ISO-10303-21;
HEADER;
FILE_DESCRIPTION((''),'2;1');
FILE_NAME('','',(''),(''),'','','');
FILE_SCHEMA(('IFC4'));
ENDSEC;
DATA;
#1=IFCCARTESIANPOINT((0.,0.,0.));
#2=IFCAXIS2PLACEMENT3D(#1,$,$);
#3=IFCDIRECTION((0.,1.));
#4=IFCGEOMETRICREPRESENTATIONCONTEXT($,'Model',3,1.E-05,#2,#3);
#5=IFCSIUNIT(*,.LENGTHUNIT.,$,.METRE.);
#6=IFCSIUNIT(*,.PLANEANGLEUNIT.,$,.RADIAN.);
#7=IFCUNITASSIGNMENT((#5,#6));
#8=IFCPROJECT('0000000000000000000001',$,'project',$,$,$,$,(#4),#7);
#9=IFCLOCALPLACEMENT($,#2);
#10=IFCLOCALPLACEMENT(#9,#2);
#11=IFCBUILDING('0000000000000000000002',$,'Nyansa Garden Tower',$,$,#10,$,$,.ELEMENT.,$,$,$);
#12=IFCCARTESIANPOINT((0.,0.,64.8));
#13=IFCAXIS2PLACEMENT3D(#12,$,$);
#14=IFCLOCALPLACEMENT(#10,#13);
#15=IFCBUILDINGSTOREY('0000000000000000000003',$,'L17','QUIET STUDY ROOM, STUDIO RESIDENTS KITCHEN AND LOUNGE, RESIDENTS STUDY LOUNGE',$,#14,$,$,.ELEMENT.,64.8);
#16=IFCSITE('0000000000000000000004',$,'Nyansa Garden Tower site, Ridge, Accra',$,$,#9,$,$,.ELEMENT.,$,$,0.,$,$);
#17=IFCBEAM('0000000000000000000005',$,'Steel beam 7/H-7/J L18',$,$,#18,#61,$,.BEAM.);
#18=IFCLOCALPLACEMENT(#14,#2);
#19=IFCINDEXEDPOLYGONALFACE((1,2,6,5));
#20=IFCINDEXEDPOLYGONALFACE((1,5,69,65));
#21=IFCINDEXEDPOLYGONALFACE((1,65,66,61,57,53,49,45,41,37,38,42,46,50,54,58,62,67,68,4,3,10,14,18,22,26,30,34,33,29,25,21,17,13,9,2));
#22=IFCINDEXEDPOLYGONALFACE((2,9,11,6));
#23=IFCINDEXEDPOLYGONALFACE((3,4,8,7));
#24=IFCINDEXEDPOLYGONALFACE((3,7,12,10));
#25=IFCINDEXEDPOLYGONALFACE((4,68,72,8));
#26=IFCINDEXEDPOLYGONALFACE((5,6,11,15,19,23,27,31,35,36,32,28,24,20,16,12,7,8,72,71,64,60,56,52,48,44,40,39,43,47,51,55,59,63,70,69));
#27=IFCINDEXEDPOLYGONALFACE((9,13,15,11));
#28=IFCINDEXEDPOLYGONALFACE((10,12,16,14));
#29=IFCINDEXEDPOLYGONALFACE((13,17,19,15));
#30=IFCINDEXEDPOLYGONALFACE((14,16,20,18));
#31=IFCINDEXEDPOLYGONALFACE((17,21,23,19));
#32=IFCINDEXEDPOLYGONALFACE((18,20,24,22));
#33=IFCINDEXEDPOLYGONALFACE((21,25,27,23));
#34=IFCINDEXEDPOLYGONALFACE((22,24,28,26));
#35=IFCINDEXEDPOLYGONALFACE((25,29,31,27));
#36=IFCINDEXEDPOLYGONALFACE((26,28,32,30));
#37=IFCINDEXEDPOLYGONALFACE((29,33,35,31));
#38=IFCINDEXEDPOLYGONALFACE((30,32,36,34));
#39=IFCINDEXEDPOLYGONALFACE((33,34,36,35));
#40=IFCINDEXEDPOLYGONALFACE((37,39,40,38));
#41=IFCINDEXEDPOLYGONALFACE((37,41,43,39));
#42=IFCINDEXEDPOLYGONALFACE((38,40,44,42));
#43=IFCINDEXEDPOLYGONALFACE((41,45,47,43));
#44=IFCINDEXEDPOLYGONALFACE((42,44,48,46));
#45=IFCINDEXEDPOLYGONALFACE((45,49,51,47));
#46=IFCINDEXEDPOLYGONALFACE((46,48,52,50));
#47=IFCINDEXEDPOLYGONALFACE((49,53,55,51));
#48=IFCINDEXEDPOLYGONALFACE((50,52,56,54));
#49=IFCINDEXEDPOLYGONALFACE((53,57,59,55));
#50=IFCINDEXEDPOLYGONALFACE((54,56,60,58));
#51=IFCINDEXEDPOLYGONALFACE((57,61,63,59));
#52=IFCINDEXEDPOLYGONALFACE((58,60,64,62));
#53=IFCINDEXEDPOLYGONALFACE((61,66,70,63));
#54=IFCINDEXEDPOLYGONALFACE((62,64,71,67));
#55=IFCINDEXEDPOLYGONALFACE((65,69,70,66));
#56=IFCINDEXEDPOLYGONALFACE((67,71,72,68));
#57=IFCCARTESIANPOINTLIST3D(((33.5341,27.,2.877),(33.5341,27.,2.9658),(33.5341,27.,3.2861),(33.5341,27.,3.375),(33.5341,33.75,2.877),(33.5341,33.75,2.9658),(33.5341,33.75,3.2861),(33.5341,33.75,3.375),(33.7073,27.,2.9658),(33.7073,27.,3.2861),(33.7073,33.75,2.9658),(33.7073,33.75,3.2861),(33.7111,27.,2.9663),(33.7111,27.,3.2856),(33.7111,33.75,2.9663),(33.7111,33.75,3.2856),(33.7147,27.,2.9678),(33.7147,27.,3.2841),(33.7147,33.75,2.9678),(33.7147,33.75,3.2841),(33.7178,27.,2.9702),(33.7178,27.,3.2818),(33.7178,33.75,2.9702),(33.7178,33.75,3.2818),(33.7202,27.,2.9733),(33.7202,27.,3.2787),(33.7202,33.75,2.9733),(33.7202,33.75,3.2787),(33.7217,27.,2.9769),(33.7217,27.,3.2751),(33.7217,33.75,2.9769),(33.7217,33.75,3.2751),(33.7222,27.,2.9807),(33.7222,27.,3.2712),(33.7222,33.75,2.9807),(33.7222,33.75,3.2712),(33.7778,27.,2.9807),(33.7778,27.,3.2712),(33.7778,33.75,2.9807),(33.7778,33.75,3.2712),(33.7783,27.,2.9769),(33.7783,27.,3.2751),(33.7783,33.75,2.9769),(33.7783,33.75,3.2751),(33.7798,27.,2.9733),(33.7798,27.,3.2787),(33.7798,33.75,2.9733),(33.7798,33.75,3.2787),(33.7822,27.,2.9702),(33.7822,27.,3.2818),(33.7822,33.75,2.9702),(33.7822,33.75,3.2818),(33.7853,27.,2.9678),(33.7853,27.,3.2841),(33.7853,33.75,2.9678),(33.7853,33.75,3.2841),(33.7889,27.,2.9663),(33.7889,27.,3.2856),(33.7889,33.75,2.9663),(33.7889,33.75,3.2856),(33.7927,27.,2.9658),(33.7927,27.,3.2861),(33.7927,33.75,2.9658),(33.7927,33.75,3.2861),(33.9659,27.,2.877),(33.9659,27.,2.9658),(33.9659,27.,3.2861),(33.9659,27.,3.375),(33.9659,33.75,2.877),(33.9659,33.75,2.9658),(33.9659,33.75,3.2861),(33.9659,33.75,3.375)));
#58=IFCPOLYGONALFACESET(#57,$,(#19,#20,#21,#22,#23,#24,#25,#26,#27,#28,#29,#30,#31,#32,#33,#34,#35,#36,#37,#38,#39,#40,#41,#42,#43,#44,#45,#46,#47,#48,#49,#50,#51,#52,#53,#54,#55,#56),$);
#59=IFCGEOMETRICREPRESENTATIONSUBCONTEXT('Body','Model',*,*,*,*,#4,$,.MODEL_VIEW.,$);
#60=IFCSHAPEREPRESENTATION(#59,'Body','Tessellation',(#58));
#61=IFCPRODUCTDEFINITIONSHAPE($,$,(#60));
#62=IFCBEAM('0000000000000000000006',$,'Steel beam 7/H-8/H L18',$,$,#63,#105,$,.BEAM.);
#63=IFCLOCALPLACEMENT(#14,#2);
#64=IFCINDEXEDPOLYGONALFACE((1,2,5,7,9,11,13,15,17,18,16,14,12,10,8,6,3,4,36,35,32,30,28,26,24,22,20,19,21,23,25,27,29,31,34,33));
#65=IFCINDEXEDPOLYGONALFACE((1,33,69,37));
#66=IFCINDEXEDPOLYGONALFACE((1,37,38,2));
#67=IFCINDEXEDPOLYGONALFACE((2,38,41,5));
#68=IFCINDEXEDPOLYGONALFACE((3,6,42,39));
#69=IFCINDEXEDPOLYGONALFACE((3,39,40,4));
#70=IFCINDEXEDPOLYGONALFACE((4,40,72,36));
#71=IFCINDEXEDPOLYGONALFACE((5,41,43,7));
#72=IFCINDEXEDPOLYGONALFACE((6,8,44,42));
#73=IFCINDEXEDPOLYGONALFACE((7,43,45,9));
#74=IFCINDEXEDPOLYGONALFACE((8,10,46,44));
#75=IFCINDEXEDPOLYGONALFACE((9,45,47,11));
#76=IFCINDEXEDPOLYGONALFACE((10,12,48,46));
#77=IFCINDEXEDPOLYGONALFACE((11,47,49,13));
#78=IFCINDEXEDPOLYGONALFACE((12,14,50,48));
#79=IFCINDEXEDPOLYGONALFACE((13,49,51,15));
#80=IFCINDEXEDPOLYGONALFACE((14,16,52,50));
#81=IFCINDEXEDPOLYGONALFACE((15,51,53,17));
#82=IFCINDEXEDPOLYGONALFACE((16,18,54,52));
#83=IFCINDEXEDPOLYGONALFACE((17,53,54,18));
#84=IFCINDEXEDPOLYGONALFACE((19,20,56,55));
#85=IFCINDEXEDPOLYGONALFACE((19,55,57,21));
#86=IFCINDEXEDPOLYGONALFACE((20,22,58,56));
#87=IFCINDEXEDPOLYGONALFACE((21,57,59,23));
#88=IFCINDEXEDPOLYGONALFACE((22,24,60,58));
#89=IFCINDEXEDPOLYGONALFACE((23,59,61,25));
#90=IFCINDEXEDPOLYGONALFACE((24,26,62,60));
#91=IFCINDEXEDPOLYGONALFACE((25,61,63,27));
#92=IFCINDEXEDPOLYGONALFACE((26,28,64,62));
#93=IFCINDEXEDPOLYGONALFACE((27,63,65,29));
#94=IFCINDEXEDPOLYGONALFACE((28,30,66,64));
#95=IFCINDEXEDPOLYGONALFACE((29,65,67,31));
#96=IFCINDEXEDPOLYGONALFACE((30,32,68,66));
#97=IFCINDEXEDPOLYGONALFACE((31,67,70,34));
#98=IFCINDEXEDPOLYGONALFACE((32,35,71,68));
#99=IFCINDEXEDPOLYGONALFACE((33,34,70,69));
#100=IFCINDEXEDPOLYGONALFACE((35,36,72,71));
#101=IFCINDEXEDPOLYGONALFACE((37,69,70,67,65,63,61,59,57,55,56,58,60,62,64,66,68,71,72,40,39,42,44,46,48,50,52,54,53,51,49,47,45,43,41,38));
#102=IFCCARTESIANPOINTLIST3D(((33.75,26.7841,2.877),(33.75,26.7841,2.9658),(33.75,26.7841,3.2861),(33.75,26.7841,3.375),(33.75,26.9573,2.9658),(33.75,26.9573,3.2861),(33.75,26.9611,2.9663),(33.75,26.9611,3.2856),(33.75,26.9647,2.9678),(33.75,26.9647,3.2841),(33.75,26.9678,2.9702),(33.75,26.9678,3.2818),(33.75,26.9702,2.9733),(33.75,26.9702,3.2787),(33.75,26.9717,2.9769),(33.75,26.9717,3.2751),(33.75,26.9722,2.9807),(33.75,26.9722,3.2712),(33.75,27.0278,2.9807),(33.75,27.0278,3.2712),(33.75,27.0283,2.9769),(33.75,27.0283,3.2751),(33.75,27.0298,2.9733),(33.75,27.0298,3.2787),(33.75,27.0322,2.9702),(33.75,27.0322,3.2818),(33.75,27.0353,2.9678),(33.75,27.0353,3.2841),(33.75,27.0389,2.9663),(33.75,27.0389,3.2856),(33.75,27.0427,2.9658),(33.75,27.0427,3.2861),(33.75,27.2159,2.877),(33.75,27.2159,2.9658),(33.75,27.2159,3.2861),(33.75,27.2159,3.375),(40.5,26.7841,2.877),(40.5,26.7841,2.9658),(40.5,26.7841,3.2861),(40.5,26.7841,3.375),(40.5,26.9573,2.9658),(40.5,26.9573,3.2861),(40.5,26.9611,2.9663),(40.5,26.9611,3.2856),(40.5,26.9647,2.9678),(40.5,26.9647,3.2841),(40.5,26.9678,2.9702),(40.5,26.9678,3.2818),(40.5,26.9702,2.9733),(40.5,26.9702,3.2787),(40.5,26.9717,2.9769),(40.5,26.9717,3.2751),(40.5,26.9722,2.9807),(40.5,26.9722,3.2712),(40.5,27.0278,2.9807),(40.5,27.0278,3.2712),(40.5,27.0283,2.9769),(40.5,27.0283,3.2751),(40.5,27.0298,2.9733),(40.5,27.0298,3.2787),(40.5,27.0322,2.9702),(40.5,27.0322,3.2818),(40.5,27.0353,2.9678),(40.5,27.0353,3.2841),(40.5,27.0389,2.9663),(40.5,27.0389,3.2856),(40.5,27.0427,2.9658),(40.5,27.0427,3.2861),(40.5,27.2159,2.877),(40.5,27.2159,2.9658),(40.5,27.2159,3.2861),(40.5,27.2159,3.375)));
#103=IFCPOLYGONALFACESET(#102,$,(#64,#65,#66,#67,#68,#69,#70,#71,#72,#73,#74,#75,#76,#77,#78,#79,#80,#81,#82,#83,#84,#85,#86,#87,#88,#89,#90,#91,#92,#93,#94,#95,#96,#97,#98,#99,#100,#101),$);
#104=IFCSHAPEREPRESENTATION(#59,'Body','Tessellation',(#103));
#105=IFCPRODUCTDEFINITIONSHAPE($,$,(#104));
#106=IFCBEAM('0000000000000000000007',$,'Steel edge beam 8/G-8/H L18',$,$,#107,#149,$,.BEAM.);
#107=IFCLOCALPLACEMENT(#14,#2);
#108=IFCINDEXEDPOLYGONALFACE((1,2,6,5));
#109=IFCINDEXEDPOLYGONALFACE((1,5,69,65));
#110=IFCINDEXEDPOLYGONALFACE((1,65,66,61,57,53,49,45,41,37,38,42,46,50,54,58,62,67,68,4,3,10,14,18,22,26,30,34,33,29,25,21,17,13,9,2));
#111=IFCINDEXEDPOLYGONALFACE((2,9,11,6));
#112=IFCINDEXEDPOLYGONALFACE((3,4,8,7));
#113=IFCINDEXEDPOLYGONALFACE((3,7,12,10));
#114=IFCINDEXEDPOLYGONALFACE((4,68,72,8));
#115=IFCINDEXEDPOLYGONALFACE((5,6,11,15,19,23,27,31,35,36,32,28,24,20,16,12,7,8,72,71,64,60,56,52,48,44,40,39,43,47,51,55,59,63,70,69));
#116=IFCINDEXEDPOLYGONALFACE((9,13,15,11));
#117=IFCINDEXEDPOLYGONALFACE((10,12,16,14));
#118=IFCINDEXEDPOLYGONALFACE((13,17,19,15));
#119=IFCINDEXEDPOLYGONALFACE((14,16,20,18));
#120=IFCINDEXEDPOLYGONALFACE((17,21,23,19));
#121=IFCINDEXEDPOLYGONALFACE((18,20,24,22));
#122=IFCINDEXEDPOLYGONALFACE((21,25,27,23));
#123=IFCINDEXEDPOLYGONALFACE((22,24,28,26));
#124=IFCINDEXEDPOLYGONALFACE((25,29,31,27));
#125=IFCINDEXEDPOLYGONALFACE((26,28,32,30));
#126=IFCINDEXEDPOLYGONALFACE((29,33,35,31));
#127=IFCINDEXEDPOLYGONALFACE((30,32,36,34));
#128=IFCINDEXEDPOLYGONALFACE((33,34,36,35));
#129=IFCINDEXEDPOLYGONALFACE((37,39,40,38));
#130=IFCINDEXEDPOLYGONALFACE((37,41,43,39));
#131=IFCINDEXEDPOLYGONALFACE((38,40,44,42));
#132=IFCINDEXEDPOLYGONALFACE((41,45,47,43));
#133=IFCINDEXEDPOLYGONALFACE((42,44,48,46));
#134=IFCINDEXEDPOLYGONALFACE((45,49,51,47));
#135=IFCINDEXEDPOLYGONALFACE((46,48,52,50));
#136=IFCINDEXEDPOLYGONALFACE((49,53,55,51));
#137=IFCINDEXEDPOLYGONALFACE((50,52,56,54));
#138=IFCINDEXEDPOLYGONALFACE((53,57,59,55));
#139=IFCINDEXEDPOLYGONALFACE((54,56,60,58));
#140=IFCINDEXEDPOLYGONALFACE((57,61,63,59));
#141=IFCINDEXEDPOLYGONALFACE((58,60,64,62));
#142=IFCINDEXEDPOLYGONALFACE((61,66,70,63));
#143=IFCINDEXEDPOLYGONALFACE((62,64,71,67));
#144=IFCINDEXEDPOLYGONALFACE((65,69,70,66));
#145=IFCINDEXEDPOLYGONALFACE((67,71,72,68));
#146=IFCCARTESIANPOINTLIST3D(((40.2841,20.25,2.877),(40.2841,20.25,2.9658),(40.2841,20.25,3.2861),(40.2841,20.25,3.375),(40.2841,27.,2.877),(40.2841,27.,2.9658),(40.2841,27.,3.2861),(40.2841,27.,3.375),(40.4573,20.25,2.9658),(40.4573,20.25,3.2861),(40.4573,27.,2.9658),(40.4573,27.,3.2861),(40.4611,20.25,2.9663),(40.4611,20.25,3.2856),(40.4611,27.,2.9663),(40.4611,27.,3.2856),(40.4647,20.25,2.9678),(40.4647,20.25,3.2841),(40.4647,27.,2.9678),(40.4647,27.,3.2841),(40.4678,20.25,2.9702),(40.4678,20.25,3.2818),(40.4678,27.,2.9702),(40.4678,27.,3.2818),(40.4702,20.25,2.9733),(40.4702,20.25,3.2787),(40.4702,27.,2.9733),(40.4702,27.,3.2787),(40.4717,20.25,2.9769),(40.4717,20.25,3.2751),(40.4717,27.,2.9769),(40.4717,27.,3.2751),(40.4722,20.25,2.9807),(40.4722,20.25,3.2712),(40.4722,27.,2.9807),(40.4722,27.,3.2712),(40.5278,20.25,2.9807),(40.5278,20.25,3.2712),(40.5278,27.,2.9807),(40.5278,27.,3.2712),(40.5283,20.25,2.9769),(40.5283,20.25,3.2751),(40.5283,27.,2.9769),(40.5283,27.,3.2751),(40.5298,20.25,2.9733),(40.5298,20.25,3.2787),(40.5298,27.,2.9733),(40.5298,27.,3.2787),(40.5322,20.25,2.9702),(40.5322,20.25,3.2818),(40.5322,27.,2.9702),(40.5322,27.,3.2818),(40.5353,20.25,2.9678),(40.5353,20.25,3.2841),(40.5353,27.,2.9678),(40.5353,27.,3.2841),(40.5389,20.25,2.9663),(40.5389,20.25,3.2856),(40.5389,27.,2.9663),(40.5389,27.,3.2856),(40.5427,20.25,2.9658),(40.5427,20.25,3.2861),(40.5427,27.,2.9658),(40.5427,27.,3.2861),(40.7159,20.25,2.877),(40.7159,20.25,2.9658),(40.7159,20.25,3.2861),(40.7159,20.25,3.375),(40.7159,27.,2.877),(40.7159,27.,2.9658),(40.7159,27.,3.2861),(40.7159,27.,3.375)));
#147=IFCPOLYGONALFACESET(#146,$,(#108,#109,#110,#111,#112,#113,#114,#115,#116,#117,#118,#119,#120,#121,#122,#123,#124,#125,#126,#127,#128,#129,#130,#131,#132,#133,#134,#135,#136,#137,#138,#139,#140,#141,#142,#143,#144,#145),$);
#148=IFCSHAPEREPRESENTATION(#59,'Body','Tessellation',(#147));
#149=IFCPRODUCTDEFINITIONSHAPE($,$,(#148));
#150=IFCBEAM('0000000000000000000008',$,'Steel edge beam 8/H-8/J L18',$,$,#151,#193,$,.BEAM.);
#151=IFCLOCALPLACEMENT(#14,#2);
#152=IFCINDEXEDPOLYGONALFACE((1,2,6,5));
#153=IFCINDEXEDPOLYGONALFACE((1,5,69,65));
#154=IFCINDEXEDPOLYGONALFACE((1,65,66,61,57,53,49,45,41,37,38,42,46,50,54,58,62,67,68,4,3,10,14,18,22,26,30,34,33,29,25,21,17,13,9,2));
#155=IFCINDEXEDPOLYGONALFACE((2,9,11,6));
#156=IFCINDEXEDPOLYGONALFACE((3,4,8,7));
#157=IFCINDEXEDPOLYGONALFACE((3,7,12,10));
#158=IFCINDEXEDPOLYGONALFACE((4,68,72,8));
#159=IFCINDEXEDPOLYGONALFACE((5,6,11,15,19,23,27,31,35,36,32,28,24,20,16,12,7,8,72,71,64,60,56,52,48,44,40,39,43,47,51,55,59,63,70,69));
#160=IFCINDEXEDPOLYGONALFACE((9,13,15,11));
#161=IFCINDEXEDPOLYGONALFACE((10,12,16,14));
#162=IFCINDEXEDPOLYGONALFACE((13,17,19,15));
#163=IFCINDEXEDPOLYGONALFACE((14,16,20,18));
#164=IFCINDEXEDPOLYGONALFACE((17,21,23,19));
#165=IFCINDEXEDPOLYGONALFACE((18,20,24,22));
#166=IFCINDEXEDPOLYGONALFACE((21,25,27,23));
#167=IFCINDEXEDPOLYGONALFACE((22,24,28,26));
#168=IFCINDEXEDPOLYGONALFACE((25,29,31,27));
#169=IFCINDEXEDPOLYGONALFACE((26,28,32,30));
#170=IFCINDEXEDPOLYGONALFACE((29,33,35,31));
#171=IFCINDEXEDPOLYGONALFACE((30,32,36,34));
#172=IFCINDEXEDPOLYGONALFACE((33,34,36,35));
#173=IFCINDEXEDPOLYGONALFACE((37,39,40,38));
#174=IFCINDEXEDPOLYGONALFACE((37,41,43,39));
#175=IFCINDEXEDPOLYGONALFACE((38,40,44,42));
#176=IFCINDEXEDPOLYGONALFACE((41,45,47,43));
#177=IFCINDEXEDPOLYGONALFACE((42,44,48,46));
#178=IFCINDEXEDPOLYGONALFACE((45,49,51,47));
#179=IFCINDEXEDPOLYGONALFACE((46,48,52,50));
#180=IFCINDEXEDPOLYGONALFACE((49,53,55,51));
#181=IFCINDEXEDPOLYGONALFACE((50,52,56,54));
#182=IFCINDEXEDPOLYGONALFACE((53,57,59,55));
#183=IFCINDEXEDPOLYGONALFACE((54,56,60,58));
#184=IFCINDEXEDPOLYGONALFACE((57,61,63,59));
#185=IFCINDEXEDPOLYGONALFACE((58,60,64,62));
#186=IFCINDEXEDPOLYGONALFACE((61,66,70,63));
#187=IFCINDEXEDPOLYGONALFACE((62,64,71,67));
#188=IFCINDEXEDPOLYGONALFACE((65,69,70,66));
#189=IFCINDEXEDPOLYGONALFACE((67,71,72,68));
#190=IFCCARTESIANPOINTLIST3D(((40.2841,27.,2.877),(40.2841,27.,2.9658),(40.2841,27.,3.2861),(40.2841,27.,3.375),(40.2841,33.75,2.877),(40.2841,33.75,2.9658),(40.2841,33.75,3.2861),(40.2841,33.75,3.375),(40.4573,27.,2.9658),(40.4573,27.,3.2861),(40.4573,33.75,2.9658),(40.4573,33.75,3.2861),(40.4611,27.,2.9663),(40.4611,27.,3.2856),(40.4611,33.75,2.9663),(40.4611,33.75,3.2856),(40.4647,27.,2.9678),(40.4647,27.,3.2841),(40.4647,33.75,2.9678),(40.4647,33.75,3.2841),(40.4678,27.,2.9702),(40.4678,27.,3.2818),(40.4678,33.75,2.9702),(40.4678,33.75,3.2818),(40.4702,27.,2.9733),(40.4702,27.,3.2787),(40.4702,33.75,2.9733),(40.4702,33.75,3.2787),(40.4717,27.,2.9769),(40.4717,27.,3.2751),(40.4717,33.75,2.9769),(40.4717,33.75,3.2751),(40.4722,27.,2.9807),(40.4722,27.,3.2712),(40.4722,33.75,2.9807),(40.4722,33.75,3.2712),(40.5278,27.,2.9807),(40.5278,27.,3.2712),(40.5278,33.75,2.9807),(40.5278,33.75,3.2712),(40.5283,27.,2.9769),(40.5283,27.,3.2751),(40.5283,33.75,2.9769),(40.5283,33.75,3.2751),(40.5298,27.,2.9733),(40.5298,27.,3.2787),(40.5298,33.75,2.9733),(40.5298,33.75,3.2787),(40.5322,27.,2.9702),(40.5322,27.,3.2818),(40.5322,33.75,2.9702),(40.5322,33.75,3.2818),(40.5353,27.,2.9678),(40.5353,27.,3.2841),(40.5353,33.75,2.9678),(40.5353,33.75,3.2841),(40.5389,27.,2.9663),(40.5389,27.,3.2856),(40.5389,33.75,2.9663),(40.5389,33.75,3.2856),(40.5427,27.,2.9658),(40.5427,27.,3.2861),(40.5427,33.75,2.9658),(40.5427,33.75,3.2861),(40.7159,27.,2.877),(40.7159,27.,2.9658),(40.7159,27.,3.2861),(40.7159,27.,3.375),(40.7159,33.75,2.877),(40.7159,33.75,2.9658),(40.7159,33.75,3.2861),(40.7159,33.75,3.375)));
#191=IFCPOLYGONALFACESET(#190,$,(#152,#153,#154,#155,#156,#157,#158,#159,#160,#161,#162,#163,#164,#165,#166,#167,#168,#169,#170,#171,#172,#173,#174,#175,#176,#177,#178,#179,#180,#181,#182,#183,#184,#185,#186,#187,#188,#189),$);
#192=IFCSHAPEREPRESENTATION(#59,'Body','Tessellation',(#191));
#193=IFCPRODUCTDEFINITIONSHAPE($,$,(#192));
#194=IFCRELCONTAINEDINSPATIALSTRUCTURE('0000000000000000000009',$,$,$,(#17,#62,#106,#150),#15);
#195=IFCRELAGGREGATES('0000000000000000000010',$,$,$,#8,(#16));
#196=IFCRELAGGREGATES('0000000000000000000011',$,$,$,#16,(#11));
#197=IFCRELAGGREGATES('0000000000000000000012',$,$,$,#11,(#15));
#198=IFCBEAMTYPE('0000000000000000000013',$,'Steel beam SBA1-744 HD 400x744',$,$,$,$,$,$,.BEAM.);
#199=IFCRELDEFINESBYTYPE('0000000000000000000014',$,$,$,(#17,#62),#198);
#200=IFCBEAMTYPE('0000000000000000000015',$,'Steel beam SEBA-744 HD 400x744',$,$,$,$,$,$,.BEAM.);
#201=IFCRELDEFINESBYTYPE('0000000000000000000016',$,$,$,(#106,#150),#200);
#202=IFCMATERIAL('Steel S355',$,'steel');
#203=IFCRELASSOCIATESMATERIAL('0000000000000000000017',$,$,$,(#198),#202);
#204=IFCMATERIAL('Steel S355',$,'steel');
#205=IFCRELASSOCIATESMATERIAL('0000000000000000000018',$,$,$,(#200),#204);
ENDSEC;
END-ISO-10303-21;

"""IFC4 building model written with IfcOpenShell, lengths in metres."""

from ifc_helpers import new_model, si_unit, direction, frame, origin, origin_2d, place, context, subcontext, project, spatial, i_section, extrude, material, material_profile, profile_set, type_object, element, save


model = new_model("IFC4")

# Units and contexts
model_context = context("Model", 3, precision=1e-05, world=origin(), true_north=direction((0.0, 1.0)))
body_context = subcontext(model_context, "Body", "Model", "MODEL_VIEW")
ifc_project = project(units=[si_unit("LENGTHUNIT", "METRE"), si_unit("PLANEANGLEUNIT", "RADIAN")], contexts=[model_context])

# Site, building, storey
site_placement = place(None, origin())
site = spatial("IfcSite", under=ifc_project, at=site_placement, Name="Nyansa Garden Tower site, Ridge, Accra", CompositionType="ELEMENT", RefElevation=0.0)
building_placement = place(site_placement, origin())
building = spatial("IfcBuilding", under=site, at=building_placement, Name="Nyansa Garden Tower", CompositionType="ELEMENT")
storey_placement = place(building_placement, frame((0.0, 0.0, 64.8)))
storey = spatial("IfcBuildingStorey", under=building, at=storey_placement, Name="L17", Description="QUIET STUDY ROOM, STUDIO RESIDENTS KITCHEN AND LOUNGE, RESIDENTS STUDY LOUNGE", CompositionType="ELEMENT", Elevation=64.8)

# Beams
ifc_material_1 = material(Name="Steel S355", Category="steel")
ifc_material_profile_1 = material_profile(ifc_material_1, i_section(OverallWidth=0.4319, OverallDepth=0.498, WebThickness=0.0557, FlangeThickness=0.0889, FilletRadius=0.0149, at=origin_2d()), Name="HD 400x744")
ifc_profile_set_1 = profile_set([ifc_material_profile_1], Name="Steel S355")
beam_type_1 = type_object("IfcBeamType", Name="Steel beam SBA1-744 HD 400x744", PredefinedType="BEAM", material=ifc_profile_set_1)
for number, where, z_axis, x_axis, name in (
    (1, (33.75, 27.0, 3.126), (0.0, 1.0, 0.0), (-1.0, 0.0, 0.0), "Steel beam 7/H-7/J L18"),
    (2, (33.75, 27.0, 3.126), (1.0, 0.0, 0.0), (0.0, 1.0, 0.0), "Steel beam 7/H-8/H L18"),
):
    element("IfcBeam", number, at=place(storey_placement, frame(where, z_axis=z_axis, x_axis=x_axis)), inside=storey, type_object=beam_type_1, Name=name, PredefinedType="BEAM", context=body_context, shape_type="SweptSolid", body=[
        extrude(i_section(OverallWidth=0.4319, OverallDepth=0.498, WebThickness=0.0557, FlangeThickness=0.0889, FilletRadius=0.0149, at=origin_2d()), origin(), (0.0, 0.0, 1.0), 6.75),
    ])
ifc_material_2 = material(Name="Steel S355", Category="steel")
ifc_material_profile_2 = material_profile(ifc_material_2, i_section(OverallWidth=0.4319, OverallDepth=0.498, WebThickness=0.0557, FlangeThickness=0.0889, FilletRadius=0.0149, at=origin_2d()), Name="HD 400x744")
ifc_profile_set_2 = profile_set([ifc_material_profile_2], Name="Steel S355")
beam_type_2 = type_object("IfcBeamType", Name="Steel beam SEBA-744 HD 400x744", PredefinedType="BEAM", material=ifc_profile_set_2)
for number, where, z_axis, x_axis, name in (
    (3, (40.5, 20.25, 3.126), (0.0, 1.0, 0.0), (-1.0, 0.0, 0.0), "Steel edge beam 8/G-8/H L18"),
    (4, (40.5, 27.0, 3.126), (0.0, 1.0, 0.0), (-1.0, 0.0, 0.0), "Steel edge beam 8/H-8/J L18"),
):
    element("IfcBeam", number, at=place(storey_placement, frame(where, z_axis=z_axis, x_axis=x_axis)), inside=storey, type_object=beam_type_2, Name=name, PredefinedType="BEAM", context=body_context, shape_type="SweptSolid", body=[
        extrude(i_section(OverallWidth=0.4319, OverallDepth=0.498, WebThickness=0.0557, FlangeThickness=0.0889, FilletRadius=0.0149, at=origin_2d()), origin(), (0.0, 0.0, 1.0), 6.75),
    ])

save(model, "model.ifc")
